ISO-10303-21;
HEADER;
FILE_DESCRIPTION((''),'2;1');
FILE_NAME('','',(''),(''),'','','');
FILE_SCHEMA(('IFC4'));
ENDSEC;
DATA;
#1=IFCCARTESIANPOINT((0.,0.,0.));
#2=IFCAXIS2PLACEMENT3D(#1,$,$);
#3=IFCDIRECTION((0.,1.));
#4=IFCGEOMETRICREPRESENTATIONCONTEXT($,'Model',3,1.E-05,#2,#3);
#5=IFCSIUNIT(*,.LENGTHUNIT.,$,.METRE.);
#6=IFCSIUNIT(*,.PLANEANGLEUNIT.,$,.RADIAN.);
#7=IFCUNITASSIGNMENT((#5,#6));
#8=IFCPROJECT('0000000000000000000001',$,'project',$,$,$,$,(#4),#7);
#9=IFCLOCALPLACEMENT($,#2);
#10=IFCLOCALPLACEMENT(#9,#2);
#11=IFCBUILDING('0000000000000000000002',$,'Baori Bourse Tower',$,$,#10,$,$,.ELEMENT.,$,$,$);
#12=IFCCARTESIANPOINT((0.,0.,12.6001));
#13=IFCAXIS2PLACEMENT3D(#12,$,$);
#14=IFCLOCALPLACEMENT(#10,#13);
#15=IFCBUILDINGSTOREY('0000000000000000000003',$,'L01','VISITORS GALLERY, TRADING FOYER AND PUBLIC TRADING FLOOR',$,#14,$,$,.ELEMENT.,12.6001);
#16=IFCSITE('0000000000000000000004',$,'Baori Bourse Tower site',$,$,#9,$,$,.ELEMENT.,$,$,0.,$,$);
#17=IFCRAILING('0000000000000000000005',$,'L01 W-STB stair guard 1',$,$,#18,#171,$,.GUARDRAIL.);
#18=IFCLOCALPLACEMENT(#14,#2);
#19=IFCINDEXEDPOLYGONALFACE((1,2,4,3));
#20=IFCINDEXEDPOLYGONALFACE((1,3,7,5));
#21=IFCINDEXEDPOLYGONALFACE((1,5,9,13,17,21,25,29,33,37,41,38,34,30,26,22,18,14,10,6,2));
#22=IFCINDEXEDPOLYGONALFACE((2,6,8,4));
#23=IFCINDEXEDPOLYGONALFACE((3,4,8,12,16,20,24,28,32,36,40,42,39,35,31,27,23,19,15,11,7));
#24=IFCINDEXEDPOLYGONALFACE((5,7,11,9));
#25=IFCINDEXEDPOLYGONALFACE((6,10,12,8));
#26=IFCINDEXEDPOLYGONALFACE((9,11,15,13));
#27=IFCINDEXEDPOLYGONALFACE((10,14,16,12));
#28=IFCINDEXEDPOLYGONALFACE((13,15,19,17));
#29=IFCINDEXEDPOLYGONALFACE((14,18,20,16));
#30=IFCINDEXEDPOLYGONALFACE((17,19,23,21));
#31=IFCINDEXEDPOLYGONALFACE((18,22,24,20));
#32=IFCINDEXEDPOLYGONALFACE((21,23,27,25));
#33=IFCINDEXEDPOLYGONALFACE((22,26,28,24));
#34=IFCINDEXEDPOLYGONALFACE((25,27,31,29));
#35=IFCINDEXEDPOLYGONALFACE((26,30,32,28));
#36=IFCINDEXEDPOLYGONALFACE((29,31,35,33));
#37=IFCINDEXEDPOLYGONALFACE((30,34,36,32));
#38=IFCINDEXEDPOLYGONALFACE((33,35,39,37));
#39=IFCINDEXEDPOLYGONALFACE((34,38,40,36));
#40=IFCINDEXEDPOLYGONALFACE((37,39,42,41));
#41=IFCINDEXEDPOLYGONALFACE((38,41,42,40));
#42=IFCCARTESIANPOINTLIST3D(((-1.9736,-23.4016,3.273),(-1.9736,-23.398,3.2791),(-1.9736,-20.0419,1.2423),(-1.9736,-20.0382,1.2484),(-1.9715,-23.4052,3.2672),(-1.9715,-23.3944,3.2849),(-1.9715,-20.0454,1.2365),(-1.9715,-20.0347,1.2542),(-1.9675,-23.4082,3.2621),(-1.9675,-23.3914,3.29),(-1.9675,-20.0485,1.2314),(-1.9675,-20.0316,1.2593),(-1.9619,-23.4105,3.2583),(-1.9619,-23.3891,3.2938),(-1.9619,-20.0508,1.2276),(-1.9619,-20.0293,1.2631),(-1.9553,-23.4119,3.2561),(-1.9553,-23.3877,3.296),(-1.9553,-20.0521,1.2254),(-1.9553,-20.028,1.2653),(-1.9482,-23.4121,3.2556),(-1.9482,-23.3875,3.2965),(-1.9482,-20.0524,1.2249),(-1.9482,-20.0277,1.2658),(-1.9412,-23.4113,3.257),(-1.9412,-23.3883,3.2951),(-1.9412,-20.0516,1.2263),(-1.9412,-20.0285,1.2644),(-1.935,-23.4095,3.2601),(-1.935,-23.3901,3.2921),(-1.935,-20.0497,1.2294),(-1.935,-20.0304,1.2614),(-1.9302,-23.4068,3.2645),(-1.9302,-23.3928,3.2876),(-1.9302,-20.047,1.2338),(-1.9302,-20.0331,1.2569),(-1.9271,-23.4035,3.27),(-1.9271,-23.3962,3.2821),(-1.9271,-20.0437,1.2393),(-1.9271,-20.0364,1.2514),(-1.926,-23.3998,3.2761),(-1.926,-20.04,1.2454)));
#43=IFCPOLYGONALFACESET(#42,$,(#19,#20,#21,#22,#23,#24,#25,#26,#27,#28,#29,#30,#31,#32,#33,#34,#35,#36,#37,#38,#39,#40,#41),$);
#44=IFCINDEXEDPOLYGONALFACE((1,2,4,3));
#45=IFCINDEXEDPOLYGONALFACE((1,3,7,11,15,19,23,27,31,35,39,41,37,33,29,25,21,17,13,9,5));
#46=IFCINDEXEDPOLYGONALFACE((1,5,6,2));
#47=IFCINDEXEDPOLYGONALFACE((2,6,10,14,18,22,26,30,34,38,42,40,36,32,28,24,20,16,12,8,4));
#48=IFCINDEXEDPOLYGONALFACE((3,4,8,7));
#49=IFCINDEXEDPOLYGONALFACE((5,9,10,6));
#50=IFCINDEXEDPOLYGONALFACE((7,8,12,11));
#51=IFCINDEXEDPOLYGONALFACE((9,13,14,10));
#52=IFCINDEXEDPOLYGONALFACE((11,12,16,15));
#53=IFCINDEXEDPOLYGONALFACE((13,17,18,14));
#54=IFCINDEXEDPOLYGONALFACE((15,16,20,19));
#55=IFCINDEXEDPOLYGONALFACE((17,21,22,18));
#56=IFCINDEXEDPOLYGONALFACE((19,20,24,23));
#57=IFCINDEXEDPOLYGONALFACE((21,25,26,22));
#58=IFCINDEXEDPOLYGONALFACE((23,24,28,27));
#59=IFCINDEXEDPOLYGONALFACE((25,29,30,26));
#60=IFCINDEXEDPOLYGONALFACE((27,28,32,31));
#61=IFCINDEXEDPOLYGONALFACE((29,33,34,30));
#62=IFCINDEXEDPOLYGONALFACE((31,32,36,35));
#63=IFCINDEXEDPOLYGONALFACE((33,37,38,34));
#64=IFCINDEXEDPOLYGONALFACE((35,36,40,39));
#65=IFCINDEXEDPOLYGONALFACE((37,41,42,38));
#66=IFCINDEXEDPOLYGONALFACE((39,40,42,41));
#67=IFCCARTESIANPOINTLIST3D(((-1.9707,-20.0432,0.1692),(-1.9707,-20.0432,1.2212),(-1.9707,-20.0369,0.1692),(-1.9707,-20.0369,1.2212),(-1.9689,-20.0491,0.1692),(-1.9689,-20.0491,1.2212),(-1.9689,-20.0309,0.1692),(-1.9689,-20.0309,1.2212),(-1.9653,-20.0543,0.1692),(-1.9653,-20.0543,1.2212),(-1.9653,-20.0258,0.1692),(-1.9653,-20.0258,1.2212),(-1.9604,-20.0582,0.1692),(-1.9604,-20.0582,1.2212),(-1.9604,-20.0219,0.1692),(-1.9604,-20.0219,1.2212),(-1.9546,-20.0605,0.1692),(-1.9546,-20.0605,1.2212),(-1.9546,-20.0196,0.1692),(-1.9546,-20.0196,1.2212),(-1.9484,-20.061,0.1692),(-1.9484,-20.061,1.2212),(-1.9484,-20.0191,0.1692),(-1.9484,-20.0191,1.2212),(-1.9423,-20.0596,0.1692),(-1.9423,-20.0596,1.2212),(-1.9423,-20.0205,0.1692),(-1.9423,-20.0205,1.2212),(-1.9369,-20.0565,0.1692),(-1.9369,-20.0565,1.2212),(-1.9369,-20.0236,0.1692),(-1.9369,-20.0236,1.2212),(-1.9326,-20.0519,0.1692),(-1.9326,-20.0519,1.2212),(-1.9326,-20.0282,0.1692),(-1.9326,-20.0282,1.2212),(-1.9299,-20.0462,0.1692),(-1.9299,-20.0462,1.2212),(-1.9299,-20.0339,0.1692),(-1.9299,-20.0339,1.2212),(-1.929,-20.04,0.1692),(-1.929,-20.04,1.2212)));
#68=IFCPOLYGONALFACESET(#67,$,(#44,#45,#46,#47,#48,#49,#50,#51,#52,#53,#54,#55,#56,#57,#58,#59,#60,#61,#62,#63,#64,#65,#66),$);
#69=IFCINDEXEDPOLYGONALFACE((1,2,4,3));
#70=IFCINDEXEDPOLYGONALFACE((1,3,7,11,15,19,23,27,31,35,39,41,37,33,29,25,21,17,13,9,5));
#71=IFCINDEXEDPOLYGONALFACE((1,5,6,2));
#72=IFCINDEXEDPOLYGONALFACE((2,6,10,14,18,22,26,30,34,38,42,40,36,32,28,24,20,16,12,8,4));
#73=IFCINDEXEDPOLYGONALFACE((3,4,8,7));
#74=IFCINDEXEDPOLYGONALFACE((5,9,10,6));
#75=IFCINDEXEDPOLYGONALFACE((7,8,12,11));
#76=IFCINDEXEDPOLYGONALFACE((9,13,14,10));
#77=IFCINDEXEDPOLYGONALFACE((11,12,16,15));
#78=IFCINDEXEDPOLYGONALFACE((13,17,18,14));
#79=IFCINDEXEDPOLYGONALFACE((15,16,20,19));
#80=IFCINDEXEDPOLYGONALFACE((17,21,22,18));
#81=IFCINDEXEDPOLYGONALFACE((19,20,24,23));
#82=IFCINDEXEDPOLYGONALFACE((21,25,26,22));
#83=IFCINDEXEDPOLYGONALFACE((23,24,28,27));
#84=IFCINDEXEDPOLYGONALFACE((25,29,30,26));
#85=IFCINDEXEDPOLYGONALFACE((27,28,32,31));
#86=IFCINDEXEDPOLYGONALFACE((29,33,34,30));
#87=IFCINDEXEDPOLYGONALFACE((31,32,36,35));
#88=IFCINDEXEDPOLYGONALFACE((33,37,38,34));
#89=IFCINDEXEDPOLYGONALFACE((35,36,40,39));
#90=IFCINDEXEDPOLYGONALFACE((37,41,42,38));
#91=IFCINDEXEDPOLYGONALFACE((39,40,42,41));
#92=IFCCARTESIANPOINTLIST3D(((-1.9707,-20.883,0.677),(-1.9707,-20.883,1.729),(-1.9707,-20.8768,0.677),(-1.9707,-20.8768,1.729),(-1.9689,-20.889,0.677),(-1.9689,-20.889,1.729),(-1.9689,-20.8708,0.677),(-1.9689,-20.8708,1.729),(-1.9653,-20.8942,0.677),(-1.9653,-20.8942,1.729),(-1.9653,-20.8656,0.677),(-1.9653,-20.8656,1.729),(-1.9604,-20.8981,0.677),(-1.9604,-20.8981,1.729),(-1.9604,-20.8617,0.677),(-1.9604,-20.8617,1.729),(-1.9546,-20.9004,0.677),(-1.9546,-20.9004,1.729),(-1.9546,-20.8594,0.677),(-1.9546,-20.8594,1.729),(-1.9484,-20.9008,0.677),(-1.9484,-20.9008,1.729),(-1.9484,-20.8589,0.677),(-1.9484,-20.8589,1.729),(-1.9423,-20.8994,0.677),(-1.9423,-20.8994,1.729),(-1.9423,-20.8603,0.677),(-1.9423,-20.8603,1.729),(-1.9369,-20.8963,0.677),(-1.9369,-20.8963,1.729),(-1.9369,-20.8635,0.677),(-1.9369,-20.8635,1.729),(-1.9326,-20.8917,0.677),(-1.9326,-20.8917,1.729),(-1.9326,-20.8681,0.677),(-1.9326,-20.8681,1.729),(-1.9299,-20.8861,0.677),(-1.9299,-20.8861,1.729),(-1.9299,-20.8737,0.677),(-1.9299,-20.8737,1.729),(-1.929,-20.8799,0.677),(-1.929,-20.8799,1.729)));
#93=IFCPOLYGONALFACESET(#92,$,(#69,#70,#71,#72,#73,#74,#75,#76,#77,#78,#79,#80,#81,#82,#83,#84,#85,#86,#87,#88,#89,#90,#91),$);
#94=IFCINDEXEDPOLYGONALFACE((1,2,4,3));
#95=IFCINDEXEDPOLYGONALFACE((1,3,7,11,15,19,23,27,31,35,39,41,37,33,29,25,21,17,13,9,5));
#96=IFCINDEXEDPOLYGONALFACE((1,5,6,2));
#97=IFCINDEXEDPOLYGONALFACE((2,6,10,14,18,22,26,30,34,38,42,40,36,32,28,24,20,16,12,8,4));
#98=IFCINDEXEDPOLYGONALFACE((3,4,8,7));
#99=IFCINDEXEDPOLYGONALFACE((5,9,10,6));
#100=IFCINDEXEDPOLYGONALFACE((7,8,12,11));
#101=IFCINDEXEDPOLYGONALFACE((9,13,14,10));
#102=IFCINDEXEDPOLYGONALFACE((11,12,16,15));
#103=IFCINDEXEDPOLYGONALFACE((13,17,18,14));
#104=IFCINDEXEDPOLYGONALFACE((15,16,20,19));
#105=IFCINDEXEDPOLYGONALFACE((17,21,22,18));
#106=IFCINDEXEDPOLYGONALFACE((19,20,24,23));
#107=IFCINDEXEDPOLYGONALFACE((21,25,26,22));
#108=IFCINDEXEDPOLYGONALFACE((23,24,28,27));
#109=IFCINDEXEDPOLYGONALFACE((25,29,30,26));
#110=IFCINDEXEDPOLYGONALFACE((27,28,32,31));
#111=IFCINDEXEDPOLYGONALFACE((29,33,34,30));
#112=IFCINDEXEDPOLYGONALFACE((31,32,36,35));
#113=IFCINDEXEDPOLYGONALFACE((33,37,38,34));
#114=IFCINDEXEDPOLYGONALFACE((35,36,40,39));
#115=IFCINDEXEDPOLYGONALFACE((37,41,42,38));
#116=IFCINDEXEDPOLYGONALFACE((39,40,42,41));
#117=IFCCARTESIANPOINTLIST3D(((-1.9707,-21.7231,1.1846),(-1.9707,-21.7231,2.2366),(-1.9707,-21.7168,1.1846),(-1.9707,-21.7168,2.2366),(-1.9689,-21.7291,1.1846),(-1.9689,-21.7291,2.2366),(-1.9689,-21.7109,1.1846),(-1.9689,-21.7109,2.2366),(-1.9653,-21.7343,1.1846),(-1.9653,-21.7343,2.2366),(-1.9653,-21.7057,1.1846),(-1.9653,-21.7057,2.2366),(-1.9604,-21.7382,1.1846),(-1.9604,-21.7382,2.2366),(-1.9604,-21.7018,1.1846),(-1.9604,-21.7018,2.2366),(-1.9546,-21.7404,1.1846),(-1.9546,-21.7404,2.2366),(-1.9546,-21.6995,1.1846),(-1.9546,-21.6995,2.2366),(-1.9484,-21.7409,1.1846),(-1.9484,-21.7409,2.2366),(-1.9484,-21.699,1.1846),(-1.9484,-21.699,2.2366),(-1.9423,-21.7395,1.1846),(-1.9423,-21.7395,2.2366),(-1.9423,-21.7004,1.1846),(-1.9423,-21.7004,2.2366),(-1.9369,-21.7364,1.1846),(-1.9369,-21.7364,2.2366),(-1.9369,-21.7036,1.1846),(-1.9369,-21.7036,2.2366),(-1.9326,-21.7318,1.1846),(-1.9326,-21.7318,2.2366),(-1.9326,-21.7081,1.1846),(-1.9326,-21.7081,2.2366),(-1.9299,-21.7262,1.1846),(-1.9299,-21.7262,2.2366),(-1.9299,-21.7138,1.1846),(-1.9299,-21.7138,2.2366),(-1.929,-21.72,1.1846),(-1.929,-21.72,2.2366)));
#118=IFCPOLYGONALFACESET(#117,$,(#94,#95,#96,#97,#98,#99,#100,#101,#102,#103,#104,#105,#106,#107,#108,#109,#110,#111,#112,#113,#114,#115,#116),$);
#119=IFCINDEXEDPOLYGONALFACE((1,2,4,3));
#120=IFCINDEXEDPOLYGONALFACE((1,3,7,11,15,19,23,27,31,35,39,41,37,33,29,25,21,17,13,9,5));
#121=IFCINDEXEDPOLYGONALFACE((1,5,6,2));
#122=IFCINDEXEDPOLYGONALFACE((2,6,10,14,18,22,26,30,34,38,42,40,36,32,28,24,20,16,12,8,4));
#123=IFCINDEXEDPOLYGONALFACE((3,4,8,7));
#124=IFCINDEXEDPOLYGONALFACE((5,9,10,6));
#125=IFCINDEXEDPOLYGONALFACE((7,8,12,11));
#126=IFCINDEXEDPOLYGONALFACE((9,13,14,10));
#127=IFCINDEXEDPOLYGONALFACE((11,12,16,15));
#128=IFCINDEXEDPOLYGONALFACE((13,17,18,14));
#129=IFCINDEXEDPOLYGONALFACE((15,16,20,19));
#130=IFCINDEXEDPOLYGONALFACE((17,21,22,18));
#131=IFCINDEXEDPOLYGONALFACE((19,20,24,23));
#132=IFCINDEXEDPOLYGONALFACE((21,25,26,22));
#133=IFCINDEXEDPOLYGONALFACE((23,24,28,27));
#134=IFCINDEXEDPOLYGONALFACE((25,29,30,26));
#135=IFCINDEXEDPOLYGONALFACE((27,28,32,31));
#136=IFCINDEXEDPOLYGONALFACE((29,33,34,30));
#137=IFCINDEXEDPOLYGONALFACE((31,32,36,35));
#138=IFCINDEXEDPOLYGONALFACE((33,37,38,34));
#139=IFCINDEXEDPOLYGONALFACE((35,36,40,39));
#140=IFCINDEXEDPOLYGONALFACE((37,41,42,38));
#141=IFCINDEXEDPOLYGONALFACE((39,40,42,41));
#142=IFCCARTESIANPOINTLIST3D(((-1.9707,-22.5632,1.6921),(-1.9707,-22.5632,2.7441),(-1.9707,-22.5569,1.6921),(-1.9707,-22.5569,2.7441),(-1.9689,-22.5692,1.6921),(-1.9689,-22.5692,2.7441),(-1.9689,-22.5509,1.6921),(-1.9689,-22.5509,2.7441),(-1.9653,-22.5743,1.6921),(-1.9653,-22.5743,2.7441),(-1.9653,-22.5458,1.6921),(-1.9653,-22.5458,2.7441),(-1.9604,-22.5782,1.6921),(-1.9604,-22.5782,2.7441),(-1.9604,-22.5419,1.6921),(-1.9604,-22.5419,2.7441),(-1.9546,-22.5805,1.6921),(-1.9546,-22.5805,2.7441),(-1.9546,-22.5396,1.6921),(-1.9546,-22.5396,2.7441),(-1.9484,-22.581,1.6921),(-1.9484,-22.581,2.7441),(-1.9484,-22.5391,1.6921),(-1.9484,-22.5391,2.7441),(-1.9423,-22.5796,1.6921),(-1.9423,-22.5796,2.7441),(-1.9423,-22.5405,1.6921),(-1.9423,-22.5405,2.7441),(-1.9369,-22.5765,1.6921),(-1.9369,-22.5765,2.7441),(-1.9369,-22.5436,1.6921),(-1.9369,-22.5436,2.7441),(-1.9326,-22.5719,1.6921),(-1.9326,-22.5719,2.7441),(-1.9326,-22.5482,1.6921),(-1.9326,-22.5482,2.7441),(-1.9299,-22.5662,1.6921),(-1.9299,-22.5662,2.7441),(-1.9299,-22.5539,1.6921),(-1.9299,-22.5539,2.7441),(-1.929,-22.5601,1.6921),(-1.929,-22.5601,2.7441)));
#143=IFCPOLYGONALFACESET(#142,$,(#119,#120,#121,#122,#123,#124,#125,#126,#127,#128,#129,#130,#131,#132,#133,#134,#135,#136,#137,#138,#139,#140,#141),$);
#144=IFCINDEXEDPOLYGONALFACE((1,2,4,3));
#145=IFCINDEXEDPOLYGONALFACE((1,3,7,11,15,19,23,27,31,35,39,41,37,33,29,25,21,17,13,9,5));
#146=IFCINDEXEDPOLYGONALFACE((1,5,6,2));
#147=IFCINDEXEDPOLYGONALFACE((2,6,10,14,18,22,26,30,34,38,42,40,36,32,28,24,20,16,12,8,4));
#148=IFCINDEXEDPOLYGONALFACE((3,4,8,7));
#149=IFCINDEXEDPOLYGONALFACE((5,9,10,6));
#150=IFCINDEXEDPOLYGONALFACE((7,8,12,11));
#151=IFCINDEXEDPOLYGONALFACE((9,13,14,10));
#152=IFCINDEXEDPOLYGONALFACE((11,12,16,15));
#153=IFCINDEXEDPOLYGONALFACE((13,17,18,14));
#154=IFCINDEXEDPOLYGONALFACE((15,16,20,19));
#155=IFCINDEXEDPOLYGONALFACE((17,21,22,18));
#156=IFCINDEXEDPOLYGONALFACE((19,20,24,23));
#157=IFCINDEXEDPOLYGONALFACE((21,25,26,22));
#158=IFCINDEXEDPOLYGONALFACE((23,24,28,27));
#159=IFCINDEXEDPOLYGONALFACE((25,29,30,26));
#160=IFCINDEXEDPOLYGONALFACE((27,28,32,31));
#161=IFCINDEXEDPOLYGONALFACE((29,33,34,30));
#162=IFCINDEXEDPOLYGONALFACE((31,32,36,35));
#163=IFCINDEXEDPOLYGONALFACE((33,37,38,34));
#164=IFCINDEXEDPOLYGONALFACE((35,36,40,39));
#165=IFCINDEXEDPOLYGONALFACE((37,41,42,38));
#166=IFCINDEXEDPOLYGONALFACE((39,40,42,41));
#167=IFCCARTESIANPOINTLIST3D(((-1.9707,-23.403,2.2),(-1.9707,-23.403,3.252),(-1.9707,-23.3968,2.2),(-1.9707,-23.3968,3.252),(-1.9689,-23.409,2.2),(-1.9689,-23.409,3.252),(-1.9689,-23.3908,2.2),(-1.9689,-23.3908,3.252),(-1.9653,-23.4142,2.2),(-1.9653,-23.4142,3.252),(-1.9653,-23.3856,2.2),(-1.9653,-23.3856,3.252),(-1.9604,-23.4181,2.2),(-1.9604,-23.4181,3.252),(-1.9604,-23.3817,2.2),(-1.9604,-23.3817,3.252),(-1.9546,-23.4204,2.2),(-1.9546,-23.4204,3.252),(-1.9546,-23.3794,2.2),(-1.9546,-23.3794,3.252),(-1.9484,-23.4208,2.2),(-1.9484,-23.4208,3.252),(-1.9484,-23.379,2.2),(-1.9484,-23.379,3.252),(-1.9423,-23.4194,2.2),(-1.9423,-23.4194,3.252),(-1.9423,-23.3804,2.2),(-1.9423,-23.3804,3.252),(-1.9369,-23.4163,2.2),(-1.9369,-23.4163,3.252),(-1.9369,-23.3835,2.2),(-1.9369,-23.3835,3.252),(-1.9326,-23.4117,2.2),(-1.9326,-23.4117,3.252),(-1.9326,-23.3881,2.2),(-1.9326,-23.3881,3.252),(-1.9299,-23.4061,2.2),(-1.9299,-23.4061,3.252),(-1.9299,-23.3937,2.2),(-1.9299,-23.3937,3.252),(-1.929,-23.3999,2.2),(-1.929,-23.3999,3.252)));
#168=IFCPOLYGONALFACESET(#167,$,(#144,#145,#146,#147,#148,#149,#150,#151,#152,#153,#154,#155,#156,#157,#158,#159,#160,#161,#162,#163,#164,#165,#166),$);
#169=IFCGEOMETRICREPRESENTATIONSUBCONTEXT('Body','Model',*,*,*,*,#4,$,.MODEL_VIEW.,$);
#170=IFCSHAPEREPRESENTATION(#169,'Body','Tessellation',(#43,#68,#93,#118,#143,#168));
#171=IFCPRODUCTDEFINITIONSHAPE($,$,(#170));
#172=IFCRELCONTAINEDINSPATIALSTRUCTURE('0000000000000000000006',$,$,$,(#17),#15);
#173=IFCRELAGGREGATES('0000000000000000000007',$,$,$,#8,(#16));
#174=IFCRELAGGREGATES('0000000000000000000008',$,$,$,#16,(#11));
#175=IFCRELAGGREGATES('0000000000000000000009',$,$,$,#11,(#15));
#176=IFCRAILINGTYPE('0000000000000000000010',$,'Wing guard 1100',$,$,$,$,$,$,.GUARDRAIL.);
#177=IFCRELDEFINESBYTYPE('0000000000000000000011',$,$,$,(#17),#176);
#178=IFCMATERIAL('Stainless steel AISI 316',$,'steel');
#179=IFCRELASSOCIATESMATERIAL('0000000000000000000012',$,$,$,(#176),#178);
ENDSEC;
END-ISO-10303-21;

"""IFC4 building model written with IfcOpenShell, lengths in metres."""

from ifc_helpers import new_model, si_unit, direction, frame, origin, origin_2d, place, context, subcontext, project, spatial, circle, extrude, material, type_object, element, save


model = new_model("IFC4")

# Units and contexts
model_context = context("Model", 3, precision=1e-05, world=origin(), true_north=direction((0.0, 1.0)))
body_context = subcontext(model_context, "Body", "Model", "MODEL_VIEW")
ifc_project = project(units=[si_unit("LENGTHUNIT", "METRE"), si_unit("PLANEANGLEUNIT", "RADIAN")], contexts=[model_context])

# Site, building, storey
site_placement = place(None, origin())
site = spatial("IfcSite", under=ifc_project, at=site_placement, Name="Baori Bourse Tower site", CompositionType="ELEMENT", RefElevation=0.0)
building_placement = place(site_placement, origin())
building = spatial("IfcBuilding", under=site, at=building_placement, Name="Baori Bourse Tower", CompositionType="ELEMENT")
storey_placement = place(building_placement, frame((0.0, 0.0, 12.6001)))
storey = spatial("IfcBuildingStorey", under=building, at=storey_placement, Name="L01", Description="VISITORS GALLERY, TRADING FOYER AND PUBLIC TRADING FLOOR", CompositionType="ELEMENT", Elevation=12.6001)

# Railing
ifc_material_1 = material(Name="Stainless steel AISI 316", Category="steel")
railing_type_1 = type_object("IfcRailingType", Name="Wing guard 1100", PredefinedType="GUARDRAIL", material=ifc_material_1)
railing_1_placement = place(storey_placement, frame((-1.95, -20.04, 0.1692)))
element("IfcRailing", 1, at=railing_1_placement, inside=storey, type_object=railing_type_1, Name="L01 W-STB stair guard 1", PredefinedType="GUARDRAIL", context=body_context, shape_type="SweptSolid", body=[
    extrude(circle(Radius=0.0239, at=origin_2d()), frame((0.0, 0.0, 1.0762), z_axis=(0.0, -0.85582, 0.517273), x_axis=(1.0, 0.0, 0.0)), (0.0, 0.0, 1.0), 3.9258),
    extrude(circle(Radius=0.021, at=origin_2d()), origin(), (0.0, 0.0, 1.0), 1.052),
    extrude(circle(Radius=0.021, at=origin_2d()), frame((0.0, -0.8398, 0.5078)), (0.0, 0.0, 1.0), 1.052),
    extrude(circle(Radius=0.021, at=origin_2d()), frame((0.0, -1.6799, 1.0154)), (0.0, 0.0, 1.0), 1.052),
    extrude(circle(Radius=0.021, at=origin_2d()), frame((0.0, -2.52, 1.5229)), (0.0, 0.0, 1.0), 1.052),
    extrude(circle(Radius=0.021, at=origin_2d()), frame((0.0, -3.3599, 2.0308)), (0.0, 0.0, 1.0), 1.052),
])

save(model, "model.ifc")
